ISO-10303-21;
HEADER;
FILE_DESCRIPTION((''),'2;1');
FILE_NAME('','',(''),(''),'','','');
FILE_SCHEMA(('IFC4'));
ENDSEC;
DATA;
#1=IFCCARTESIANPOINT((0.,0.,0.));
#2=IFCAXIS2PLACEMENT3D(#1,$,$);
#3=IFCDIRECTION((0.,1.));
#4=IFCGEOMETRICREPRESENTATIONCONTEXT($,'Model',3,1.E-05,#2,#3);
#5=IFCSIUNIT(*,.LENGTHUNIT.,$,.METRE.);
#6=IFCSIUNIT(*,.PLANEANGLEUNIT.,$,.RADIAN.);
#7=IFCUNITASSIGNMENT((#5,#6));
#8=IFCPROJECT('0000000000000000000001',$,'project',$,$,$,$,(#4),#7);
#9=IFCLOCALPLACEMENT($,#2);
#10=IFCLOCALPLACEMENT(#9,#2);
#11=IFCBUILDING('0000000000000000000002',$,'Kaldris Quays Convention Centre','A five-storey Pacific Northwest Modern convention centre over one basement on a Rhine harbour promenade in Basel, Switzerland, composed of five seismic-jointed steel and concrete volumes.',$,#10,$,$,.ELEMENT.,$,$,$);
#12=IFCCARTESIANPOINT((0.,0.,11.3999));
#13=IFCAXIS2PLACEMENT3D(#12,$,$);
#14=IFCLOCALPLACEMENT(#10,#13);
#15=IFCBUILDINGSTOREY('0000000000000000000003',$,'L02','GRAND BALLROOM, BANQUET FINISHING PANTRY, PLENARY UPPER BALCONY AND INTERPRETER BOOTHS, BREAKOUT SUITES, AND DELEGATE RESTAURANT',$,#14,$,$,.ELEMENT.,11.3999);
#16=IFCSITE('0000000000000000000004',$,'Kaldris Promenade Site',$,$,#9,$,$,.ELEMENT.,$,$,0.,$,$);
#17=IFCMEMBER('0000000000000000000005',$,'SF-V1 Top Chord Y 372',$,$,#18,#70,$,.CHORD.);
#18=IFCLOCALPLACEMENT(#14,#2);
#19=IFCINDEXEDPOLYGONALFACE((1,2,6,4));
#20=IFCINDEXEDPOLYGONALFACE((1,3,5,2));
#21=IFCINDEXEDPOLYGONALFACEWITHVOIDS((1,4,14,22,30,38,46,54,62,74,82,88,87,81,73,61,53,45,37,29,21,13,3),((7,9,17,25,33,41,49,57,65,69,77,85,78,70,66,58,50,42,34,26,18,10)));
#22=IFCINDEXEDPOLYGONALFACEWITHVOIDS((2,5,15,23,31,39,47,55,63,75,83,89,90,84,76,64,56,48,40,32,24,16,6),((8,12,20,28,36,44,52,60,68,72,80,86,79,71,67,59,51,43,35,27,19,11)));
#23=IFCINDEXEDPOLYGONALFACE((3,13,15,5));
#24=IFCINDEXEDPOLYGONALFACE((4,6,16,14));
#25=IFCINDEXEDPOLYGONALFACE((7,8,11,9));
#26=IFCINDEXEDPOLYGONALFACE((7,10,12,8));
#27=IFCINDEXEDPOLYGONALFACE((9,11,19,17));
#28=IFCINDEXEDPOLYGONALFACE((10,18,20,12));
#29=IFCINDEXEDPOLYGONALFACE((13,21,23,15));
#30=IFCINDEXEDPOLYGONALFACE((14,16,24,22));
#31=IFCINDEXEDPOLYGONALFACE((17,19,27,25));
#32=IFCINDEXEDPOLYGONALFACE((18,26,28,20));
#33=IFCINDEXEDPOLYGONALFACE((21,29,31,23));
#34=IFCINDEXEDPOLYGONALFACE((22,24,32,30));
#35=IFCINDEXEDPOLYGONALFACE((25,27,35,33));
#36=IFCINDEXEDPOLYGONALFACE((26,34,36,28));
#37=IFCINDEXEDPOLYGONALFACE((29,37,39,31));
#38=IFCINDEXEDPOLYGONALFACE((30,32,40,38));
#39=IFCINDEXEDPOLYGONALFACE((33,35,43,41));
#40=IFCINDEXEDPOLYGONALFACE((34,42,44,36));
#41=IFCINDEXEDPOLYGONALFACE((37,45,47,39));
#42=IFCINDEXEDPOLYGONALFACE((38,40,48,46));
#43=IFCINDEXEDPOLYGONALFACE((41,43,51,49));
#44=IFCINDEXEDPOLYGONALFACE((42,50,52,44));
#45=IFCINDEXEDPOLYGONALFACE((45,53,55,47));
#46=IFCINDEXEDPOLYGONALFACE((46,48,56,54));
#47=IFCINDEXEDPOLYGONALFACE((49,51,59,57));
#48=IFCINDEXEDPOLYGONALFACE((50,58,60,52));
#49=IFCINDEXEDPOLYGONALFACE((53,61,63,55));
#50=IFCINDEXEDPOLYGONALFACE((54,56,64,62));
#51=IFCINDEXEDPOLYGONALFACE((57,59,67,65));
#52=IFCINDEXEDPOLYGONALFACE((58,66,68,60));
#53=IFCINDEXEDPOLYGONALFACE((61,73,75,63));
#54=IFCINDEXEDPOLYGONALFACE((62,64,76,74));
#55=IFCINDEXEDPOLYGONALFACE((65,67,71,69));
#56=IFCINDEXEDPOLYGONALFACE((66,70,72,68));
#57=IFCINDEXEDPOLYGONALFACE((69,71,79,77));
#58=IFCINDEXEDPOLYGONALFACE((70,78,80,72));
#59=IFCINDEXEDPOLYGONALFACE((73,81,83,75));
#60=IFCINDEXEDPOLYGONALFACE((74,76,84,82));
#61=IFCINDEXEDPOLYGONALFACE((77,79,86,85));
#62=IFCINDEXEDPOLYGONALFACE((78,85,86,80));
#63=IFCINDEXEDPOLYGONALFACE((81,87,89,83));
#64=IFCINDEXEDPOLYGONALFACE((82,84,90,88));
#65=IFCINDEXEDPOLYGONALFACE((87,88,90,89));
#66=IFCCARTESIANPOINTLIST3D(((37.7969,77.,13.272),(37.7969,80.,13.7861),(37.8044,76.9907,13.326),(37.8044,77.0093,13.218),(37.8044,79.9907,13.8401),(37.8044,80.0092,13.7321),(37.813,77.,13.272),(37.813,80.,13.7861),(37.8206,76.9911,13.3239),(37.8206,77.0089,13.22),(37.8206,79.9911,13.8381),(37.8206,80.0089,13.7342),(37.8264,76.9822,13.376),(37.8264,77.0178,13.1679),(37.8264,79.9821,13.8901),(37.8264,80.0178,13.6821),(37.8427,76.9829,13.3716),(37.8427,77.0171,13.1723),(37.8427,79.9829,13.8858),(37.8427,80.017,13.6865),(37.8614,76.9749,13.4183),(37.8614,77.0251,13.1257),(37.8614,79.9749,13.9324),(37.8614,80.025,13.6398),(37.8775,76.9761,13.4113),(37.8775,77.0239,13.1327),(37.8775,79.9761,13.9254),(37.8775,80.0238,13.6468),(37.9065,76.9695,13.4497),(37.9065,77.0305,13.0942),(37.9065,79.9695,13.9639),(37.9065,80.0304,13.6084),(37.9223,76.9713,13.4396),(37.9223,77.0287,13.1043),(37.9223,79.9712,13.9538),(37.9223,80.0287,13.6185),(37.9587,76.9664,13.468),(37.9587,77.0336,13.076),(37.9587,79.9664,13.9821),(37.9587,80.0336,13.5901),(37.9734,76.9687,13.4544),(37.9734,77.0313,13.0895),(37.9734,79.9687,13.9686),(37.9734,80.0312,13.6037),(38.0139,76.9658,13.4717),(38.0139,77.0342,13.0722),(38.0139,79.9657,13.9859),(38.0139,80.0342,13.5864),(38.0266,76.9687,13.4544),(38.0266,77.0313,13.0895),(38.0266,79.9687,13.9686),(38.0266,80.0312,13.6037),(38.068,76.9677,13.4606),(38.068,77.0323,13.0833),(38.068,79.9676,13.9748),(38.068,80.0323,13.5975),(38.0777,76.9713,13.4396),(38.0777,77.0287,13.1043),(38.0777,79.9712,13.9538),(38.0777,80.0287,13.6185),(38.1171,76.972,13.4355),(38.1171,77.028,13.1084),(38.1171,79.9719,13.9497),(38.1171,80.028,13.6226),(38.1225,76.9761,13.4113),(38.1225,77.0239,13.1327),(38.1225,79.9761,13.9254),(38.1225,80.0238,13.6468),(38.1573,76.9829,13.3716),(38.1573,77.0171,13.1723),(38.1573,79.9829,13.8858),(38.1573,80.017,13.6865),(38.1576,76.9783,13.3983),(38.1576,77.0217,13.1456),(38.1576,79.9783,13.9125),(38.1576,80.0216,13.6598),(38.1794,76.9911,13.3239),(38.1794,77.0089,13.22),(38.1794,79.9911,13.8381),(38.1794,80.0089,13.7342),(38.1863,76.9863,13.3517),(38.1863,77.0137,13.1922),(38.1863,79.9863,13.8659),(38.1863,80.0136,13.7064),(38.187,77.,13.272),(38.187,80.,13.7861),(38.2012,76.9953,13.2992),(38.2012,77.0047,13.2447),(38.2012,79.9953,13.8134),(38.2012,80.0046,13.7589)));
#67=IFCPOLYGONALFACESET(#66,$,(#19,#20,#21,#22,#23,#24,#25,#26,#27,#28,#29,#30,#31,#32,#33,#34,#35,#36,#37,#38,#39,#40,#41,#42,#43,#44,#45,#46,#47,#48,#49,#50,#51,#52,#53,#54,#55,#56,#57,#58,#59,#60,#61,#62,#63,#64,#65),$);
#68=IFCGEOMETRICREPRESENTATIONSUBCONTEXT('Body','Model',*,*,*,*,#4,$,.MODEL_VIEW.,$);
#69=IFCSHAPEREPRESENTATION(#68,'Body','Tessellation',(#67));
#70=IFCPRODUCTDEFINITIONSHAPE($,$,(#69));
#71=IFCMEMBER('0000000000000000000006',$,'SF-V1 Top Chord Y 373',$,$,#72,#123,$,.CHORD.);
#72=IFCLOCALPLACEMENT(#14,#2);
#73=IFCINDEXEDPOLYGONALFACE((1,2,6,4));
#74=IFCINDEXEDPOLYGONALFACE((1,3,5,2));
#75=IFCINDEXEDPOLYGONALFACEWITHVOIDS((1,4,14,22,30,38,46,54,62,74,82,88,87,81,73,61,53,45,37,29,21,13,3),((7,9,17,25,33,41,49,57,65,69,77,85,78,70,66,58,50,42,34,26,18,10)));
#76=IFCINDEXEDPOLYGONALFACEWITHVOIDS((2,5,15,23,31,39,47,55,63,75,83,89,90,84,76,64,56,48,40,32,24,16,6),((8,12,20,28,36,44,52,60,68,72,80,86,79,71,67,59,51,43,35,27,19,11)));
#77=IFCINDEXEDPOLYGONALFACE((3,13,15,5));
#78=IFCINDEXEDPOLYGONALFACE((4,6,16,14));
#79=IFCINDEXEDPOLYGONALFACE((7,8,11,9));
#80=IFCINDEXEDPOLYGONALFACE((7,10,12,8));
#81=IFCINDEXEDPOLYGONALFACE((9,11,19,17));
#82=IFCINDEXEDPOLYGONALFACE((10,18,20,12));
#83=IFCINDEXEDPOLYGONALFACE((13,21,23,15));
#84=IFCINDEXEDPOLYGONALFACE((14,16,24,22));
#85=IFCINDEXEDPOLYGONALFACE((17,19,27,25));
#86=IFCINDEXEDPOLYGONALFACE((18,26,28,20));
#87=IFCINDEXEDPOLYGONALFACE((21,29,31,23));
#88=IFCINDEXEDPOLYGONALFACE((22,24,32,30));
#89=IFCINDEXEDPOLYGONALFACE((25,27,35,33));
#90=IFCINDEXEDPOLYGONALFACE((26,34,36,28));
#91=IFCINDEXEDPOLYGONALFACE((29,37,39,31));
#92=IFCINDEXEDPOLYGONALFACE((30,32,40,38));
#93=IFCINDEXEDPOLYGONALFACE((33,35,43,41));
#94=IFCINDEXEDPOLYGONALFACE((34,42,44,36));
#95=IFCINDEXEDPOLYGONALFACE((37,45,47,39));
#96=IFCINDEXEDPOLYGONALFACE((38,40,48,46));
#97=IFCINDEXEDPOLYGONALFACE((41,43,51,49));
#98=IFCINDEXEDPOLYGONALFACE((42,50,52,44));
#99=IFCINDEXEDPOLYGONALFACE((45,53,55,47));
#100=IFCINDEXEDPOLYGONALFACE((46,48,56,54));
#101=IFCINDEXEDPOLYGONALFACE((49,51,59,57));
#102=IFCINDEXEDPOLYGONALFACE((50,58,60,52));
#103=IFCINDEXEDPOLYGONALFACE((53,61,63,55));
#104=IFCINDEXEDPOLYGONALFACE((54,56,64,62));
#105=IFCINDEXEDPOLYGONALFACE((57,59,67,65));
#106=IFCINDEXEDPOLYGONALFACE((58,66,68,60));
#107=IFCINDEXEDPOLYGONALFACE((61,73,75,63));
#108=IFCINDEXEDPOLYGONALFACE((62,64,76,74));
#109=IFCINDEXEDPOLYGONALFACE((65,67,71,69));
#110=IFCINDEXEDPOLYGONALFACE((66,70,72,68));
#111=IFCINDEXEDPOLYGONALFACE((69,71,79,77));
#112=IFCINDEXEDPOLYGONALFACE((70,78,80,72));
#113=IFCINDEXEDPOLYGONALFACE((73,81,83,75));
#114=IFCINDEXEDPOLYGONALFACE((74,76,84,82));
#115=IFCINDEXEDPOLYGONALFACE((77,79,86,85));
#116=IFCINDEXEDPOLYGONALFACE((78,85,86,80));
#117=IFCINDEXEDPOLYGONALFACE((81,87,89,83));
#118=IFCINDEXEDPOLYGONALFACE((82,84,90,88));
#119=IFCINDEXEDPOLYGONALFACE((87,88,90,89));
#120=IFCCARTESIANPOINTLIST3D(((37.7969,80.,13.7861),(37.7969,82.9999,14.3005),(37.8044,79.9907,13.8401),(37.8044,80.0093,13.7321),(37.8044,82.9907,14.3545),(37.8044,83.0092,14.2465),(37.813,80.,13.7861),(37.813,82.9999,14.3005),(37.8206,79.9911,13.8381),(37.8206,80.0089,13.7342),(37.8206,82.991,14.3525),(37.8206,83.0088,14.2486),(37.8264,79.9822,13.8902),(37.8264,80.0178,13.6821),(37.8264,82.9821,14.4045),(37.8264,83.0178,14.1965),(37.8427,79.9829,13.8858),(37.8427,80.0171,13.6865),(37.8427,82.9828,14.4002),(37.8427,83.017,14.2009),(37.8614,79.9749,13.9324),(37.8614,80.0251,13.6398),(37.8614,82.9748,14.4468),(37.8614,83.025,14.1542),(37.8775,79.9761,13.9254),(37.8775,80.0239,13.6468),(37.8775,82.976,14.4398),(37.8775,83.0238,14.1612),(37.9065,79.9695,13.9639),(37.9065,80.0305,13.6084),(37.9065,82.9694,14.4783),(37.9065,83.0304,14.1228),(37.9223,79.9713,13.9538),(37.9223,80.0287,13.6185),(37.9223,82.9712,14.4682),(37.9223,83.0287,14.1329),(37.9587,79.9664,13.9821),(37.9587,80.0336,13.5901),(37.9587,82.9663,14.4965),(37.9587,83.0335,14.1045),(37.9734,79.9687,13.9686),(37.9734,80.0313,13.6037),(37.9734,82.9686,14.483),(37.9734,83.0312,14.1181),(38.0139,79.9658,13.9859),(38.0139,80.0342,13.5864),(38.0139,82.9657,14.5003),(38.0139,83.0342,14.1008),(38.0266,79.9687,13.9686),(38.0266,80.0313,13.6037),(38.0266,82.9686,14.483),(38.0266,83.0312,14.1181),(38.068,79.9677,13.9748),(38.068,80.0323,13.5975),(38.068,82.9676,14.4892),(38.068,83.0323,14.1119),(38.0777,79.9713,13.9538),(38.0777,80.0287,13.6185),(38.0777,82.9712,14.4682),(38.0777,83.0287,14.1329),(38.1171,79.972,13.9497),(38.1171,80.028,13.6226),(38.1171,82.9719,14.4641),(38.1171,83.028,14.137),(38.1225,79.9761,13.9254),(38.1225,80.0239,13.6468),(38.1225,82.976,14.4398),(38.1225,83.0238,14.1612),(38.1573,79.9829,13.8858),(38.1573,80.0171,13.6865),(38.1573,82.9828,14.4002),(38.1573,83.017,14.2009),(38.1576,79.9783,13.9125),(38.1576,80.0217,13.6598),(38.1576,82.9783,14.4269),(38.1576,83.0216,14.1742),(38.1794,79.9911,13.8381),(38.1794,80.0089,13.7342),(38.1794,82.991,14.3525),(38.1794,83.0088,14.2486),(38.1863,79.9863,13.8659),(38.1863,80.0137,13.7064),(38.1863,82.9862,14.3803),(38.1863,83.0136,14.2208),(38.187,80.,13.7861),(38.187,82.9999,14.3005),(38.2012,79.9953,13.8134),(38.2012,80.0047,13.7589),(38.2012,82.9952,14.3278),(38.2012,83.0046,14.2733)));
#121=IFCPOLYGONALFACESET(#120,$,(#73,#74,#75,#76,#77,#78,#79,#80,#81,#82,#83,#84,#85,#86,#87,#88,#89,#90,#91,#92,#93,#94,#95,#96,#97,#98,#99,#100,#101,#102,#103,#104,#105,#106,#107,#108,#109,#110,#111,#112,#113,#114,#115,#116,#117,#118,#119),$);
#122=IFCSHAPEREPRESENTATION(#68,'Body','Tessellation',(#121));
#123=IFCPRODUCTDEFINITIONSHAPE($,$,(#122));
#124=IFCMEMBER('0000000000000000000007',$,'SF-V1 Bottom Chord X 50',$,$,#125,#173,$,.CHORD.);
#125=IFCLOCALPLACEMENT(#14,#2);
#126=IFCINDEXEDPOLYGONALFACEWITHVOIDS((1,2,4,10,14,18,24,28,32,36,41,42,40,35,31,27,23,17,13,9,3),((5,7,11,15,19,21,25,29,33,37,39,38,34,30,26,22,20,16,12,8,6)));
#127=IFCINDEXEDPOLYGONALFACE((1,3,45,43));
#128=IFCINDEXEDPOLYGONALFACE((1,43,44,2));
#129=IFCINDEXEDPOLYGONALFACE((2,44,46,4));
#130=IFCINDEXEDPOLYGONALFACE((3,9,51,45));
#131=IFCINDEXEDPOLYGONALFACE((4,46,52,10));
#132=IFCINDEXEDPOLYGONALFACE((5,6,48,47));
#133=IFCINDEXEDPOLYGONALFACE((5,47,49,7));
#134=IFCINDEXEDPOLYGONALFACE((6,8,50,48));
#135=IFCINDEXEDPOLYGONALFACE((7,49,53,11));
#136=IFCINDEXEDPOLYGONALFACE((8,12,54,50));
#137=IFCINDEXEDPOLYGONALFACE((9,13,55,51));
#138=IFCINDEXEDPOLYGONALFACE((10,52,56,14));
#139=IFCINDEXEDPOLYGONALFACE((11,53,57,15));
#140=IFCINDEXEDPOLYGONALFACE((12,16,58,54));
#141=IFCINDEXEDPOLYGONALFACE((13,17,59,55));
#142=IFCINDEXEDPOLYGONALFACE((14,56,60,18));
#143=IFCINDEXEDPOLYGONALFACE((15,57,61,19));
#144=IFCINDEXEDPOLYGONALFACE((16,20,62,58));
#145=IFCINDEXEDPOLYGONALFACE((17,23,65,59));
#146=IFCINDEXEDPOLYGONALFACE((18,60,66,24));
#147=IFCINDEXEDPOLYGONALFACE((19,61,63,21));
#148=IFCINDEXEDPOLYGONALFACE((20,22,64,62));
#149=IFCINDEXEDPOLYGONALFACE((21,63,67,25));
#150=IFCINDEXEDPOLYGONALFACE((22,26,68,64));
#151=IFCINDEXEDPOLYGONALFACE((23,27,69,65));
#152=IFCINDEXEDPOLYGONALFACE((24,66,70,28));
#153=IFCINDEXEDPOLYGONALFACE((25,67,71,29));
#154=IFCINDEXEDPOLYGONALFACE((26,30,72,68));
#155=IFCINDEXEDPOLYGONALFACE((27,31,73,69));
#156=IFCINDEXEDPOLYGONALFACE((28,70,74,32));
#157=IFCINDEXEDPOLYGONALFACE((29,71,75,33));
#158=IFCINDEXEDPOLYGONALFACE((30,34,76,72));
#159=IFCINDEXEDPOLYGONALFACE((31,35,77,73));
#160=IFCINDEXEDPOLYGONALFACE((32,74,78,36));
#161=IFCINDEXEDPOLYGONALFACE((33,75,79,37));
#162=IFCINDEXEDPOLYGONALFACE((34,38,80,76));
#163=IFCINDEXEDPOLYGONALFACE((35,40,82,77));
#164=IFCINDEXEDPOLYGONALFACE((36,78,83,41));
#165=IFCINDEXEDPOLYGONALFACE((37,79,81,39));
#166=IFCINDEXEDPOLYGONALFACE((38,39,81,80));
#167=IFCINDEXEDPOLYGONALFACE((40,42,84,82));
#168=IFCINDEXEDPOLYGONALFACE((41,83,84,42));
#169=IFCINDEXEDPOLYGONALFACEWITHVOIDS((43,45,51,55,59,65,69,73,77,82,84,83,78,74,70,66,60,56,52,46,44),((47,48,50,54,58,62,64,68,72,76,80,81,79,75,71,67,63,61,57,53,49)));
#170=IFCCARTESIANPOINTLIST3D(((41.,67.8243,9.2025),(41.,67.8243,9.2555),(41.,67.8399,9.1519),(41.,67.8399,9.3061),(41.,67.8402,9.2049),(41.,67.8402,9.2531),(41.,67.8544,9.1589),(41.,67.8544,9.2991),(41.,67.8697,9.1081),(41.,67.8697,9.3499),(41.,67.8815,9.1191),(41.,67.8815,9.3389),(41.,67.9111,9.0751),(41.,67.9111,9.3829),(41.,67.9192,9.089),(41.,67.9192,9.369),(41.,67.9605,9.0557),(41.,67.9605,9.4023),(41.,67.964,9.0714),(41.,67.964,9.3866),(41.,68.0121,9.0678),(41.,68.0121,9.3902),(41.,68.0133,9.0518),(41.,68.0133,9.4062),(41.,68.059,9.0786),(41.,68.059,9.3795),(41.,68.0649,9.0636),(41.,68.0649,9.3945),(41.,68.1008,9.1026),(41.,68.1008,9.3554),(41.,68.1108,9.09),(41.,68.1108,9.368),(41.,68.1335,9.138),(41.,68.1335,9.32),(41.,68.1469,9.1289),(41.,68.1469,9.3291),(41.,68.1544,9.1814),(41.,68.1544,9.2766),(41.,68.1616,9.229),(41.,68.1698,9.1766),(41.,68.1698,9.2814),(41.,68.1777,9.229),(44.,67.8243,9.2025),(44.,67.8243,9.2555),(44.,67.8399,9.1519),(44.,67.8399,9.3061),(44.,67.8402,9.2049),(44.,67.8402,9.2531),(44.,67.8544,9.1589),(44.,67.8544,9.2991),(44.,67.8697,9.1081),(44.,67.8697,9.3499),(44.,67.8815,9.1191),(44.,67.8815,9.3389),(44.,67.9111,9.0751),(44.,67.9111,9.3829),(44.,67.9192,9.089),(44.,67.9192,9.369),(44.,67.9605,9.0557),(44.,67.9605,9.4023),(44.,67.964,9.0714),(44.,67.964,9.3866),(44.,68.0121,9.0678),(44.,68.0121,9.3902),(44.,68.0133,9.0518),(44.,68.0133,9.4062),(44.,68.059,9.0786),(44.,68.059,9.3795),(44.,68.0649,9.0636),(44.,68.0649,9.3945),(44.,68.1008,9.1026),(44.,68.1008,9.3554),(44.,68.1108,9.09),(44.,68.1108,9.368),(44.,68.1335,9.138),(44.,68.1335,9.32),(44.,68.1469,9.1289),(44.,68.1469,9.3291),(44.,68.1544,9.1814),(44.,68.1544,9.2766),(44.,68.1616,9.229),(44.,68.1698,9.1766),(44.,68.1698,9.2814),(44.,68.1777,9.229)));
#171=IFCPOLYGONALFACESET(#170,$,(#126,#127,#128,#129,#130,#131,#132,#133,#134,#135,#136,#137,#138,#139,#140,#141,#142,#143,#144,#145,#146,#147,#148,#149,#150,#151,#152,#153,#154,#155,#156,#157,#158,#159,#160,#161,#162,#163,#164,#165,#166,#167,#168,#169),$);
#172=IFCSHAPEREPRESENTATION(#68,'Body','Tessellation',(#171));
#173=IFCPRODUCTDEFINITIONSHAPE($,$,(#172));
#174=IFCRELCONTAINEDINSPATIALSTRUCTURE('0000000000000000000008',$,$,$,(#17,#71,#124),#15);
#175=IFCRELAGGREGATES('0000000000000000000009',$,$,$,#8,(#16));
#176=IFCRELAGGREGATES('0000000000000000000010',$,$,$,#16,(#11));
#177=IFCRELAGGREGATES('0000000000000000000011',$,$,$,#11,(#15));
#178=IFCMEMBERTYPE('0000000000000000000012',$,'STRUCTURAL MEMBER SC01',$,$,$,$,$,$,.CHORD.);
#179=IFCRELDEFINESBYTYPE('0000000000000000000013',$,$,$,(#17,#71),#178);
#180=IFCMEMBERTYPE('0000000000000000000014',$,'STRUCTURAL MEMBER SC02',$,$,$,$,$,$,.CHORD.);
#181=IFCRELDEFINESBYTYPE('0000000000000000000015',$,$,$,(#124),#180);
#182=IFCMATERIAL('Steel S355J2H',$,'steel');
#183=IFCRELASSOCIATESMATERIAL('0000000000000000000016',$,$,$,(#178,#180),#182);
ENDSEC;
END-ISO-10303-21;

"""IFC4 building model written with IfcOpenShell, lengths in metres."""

from ifc_helpers import new_model, si_unit, direction, frame, origin, origin_2d, place, context, subcontext, project, spatial, hollow_circle, extrude, material, material_profile, profile_set, type_object, element, save


model = new_model("IFC4")

# Units and contexts
model_context = context("Model", 3, precision=1e-05, world=origin(), true_north=direction((0.0, 1.0)))
body_context = subcontext(model_context, "Body", "Model", "MODEL_VIEW")
ifc_project = project(units=[si_unit("LENGTHUNIT", "METRE"), si_unit("PLANEANGLEUNIT", "RADIAN")], contexts=[model_context])

# Site, building, storey
site_placement = place(None, origin())
site = spatial("IfcSite", under=ifc_project, at=site_placement, Name="Kaldris Promenade Site", CompositionType="ELEMENT", RefElevation=0.0)
building_placement = place(site_placement, origin())
building = spatial("IfcBuilding", under=site, at=building_placement, Name="Kaldris Quays Convention Centre", Description="A five-storey Pacific Northwest Modern convention centre over one basement on a Rhine harbour promenade in Basel, Switzerland, composed of five seismic-jointed steel and concrete volumes.", CompositionType="ELEMENT")
storey_placement = place(building_placement, frame((0.0, 0.0, 11.3999)))
storey = spatial("IfcBuildingStorey", under=building, at=storey_placement, Name="L02", Description="GRAND BALLROOM, BANQUET FINISHING PANTRY, PLENARY UPPER BALCONY AND INTERPRETER BOOTHS, BREAKOUT SUITES, AND DELEGATE RESTAURANT", CompositionType="ELEMENT", Elevation=11.3999)

# Members
ifc_material_1 = material(Name="Steel S355J2H", Category="steel")
ifc_material_profile_1 = material_profile(ifc_material_1, hollow_circle(Radius=0.2031, WallThickness=0.0161, at=origin_2d()), Name="CHS 406.4x16")
ifc_profile_set_1 = profile_set([ifc_material_profile_1], Name="Steel S355J2H")
member_type_1 = type_object("IfcMemberType", Name="STRUCTURAL MEMBER SC01", PredefinedType="CHORD", material=ifc_profile_set_1)
for number, where, z_axis, x_axis, name in (
    (1, (38.0, 77.0, 13.272), (0.0, 0.985629, 0.168924), (-1.0, 0.0, 0.0), "SF-V1 Top Chord Y 372"),
    (2, (38.0, 80.0, 13.7861), (0.0, 0.985616, 0.169002), (-1.0, 0.0, 0.0), "SF-V1 Top Chord Y 373"),
):
    element("IfcMember", number, at=place(storey_placement, frame(where, z_axis=z_axis, x_axis=x_axis)), inside=storey, type_object=member_type_1, Name=name, PredefinedType="CHORD", context=body_context, shape_type="SweptSolid", body=[
        extrude(hollow_circle(Radius=0.2031, WallThickness=0.0161, at=origin_2d()), origin(), (0.0, 0.0, 1.0), 3.0437),
    ])
ifc_material_profile_2 = material_profile(ifc_material_1, hollow_circle(Radius=0.1777, WallThickness=0.0161, at=origin_2d()), Name="CHS 355.6x16")
ifc_profile_set_2 = profile_set([ifc_material_profile_2], Name="Steel S355J2H")
member_type_2 = type_object("IfcMemberType", Name="STRUCTURAL MEMBER SC02", PredefinedType="CHORD", material=ifc_profile_set_2)
for number, where, z_axis, x_axis, name in (
    (3, (41.0, 68.0, 9.229), (1.0, 0.0, 0.0), (0.0, 1.0, 0.0), "SF-V1 Bottom Chord X 50"),
):
    element("IfcMember", number, at=place(storey_placement, frame(where, z_axis=z_axis, x_axis=x_axis)), inside=storey, type_object=member_type_2, Name=name, PredefinedType="CHORD", context=body_context, shape_type="SweptSolid", body=[
        extrude(hollow_circle(Radius=0.1777, WallThickness=0.0161, at=origin_2d()), origin(), (0.0, 0.0, 1.0), 3.0),
    ])

save(model, "model.ifc")
